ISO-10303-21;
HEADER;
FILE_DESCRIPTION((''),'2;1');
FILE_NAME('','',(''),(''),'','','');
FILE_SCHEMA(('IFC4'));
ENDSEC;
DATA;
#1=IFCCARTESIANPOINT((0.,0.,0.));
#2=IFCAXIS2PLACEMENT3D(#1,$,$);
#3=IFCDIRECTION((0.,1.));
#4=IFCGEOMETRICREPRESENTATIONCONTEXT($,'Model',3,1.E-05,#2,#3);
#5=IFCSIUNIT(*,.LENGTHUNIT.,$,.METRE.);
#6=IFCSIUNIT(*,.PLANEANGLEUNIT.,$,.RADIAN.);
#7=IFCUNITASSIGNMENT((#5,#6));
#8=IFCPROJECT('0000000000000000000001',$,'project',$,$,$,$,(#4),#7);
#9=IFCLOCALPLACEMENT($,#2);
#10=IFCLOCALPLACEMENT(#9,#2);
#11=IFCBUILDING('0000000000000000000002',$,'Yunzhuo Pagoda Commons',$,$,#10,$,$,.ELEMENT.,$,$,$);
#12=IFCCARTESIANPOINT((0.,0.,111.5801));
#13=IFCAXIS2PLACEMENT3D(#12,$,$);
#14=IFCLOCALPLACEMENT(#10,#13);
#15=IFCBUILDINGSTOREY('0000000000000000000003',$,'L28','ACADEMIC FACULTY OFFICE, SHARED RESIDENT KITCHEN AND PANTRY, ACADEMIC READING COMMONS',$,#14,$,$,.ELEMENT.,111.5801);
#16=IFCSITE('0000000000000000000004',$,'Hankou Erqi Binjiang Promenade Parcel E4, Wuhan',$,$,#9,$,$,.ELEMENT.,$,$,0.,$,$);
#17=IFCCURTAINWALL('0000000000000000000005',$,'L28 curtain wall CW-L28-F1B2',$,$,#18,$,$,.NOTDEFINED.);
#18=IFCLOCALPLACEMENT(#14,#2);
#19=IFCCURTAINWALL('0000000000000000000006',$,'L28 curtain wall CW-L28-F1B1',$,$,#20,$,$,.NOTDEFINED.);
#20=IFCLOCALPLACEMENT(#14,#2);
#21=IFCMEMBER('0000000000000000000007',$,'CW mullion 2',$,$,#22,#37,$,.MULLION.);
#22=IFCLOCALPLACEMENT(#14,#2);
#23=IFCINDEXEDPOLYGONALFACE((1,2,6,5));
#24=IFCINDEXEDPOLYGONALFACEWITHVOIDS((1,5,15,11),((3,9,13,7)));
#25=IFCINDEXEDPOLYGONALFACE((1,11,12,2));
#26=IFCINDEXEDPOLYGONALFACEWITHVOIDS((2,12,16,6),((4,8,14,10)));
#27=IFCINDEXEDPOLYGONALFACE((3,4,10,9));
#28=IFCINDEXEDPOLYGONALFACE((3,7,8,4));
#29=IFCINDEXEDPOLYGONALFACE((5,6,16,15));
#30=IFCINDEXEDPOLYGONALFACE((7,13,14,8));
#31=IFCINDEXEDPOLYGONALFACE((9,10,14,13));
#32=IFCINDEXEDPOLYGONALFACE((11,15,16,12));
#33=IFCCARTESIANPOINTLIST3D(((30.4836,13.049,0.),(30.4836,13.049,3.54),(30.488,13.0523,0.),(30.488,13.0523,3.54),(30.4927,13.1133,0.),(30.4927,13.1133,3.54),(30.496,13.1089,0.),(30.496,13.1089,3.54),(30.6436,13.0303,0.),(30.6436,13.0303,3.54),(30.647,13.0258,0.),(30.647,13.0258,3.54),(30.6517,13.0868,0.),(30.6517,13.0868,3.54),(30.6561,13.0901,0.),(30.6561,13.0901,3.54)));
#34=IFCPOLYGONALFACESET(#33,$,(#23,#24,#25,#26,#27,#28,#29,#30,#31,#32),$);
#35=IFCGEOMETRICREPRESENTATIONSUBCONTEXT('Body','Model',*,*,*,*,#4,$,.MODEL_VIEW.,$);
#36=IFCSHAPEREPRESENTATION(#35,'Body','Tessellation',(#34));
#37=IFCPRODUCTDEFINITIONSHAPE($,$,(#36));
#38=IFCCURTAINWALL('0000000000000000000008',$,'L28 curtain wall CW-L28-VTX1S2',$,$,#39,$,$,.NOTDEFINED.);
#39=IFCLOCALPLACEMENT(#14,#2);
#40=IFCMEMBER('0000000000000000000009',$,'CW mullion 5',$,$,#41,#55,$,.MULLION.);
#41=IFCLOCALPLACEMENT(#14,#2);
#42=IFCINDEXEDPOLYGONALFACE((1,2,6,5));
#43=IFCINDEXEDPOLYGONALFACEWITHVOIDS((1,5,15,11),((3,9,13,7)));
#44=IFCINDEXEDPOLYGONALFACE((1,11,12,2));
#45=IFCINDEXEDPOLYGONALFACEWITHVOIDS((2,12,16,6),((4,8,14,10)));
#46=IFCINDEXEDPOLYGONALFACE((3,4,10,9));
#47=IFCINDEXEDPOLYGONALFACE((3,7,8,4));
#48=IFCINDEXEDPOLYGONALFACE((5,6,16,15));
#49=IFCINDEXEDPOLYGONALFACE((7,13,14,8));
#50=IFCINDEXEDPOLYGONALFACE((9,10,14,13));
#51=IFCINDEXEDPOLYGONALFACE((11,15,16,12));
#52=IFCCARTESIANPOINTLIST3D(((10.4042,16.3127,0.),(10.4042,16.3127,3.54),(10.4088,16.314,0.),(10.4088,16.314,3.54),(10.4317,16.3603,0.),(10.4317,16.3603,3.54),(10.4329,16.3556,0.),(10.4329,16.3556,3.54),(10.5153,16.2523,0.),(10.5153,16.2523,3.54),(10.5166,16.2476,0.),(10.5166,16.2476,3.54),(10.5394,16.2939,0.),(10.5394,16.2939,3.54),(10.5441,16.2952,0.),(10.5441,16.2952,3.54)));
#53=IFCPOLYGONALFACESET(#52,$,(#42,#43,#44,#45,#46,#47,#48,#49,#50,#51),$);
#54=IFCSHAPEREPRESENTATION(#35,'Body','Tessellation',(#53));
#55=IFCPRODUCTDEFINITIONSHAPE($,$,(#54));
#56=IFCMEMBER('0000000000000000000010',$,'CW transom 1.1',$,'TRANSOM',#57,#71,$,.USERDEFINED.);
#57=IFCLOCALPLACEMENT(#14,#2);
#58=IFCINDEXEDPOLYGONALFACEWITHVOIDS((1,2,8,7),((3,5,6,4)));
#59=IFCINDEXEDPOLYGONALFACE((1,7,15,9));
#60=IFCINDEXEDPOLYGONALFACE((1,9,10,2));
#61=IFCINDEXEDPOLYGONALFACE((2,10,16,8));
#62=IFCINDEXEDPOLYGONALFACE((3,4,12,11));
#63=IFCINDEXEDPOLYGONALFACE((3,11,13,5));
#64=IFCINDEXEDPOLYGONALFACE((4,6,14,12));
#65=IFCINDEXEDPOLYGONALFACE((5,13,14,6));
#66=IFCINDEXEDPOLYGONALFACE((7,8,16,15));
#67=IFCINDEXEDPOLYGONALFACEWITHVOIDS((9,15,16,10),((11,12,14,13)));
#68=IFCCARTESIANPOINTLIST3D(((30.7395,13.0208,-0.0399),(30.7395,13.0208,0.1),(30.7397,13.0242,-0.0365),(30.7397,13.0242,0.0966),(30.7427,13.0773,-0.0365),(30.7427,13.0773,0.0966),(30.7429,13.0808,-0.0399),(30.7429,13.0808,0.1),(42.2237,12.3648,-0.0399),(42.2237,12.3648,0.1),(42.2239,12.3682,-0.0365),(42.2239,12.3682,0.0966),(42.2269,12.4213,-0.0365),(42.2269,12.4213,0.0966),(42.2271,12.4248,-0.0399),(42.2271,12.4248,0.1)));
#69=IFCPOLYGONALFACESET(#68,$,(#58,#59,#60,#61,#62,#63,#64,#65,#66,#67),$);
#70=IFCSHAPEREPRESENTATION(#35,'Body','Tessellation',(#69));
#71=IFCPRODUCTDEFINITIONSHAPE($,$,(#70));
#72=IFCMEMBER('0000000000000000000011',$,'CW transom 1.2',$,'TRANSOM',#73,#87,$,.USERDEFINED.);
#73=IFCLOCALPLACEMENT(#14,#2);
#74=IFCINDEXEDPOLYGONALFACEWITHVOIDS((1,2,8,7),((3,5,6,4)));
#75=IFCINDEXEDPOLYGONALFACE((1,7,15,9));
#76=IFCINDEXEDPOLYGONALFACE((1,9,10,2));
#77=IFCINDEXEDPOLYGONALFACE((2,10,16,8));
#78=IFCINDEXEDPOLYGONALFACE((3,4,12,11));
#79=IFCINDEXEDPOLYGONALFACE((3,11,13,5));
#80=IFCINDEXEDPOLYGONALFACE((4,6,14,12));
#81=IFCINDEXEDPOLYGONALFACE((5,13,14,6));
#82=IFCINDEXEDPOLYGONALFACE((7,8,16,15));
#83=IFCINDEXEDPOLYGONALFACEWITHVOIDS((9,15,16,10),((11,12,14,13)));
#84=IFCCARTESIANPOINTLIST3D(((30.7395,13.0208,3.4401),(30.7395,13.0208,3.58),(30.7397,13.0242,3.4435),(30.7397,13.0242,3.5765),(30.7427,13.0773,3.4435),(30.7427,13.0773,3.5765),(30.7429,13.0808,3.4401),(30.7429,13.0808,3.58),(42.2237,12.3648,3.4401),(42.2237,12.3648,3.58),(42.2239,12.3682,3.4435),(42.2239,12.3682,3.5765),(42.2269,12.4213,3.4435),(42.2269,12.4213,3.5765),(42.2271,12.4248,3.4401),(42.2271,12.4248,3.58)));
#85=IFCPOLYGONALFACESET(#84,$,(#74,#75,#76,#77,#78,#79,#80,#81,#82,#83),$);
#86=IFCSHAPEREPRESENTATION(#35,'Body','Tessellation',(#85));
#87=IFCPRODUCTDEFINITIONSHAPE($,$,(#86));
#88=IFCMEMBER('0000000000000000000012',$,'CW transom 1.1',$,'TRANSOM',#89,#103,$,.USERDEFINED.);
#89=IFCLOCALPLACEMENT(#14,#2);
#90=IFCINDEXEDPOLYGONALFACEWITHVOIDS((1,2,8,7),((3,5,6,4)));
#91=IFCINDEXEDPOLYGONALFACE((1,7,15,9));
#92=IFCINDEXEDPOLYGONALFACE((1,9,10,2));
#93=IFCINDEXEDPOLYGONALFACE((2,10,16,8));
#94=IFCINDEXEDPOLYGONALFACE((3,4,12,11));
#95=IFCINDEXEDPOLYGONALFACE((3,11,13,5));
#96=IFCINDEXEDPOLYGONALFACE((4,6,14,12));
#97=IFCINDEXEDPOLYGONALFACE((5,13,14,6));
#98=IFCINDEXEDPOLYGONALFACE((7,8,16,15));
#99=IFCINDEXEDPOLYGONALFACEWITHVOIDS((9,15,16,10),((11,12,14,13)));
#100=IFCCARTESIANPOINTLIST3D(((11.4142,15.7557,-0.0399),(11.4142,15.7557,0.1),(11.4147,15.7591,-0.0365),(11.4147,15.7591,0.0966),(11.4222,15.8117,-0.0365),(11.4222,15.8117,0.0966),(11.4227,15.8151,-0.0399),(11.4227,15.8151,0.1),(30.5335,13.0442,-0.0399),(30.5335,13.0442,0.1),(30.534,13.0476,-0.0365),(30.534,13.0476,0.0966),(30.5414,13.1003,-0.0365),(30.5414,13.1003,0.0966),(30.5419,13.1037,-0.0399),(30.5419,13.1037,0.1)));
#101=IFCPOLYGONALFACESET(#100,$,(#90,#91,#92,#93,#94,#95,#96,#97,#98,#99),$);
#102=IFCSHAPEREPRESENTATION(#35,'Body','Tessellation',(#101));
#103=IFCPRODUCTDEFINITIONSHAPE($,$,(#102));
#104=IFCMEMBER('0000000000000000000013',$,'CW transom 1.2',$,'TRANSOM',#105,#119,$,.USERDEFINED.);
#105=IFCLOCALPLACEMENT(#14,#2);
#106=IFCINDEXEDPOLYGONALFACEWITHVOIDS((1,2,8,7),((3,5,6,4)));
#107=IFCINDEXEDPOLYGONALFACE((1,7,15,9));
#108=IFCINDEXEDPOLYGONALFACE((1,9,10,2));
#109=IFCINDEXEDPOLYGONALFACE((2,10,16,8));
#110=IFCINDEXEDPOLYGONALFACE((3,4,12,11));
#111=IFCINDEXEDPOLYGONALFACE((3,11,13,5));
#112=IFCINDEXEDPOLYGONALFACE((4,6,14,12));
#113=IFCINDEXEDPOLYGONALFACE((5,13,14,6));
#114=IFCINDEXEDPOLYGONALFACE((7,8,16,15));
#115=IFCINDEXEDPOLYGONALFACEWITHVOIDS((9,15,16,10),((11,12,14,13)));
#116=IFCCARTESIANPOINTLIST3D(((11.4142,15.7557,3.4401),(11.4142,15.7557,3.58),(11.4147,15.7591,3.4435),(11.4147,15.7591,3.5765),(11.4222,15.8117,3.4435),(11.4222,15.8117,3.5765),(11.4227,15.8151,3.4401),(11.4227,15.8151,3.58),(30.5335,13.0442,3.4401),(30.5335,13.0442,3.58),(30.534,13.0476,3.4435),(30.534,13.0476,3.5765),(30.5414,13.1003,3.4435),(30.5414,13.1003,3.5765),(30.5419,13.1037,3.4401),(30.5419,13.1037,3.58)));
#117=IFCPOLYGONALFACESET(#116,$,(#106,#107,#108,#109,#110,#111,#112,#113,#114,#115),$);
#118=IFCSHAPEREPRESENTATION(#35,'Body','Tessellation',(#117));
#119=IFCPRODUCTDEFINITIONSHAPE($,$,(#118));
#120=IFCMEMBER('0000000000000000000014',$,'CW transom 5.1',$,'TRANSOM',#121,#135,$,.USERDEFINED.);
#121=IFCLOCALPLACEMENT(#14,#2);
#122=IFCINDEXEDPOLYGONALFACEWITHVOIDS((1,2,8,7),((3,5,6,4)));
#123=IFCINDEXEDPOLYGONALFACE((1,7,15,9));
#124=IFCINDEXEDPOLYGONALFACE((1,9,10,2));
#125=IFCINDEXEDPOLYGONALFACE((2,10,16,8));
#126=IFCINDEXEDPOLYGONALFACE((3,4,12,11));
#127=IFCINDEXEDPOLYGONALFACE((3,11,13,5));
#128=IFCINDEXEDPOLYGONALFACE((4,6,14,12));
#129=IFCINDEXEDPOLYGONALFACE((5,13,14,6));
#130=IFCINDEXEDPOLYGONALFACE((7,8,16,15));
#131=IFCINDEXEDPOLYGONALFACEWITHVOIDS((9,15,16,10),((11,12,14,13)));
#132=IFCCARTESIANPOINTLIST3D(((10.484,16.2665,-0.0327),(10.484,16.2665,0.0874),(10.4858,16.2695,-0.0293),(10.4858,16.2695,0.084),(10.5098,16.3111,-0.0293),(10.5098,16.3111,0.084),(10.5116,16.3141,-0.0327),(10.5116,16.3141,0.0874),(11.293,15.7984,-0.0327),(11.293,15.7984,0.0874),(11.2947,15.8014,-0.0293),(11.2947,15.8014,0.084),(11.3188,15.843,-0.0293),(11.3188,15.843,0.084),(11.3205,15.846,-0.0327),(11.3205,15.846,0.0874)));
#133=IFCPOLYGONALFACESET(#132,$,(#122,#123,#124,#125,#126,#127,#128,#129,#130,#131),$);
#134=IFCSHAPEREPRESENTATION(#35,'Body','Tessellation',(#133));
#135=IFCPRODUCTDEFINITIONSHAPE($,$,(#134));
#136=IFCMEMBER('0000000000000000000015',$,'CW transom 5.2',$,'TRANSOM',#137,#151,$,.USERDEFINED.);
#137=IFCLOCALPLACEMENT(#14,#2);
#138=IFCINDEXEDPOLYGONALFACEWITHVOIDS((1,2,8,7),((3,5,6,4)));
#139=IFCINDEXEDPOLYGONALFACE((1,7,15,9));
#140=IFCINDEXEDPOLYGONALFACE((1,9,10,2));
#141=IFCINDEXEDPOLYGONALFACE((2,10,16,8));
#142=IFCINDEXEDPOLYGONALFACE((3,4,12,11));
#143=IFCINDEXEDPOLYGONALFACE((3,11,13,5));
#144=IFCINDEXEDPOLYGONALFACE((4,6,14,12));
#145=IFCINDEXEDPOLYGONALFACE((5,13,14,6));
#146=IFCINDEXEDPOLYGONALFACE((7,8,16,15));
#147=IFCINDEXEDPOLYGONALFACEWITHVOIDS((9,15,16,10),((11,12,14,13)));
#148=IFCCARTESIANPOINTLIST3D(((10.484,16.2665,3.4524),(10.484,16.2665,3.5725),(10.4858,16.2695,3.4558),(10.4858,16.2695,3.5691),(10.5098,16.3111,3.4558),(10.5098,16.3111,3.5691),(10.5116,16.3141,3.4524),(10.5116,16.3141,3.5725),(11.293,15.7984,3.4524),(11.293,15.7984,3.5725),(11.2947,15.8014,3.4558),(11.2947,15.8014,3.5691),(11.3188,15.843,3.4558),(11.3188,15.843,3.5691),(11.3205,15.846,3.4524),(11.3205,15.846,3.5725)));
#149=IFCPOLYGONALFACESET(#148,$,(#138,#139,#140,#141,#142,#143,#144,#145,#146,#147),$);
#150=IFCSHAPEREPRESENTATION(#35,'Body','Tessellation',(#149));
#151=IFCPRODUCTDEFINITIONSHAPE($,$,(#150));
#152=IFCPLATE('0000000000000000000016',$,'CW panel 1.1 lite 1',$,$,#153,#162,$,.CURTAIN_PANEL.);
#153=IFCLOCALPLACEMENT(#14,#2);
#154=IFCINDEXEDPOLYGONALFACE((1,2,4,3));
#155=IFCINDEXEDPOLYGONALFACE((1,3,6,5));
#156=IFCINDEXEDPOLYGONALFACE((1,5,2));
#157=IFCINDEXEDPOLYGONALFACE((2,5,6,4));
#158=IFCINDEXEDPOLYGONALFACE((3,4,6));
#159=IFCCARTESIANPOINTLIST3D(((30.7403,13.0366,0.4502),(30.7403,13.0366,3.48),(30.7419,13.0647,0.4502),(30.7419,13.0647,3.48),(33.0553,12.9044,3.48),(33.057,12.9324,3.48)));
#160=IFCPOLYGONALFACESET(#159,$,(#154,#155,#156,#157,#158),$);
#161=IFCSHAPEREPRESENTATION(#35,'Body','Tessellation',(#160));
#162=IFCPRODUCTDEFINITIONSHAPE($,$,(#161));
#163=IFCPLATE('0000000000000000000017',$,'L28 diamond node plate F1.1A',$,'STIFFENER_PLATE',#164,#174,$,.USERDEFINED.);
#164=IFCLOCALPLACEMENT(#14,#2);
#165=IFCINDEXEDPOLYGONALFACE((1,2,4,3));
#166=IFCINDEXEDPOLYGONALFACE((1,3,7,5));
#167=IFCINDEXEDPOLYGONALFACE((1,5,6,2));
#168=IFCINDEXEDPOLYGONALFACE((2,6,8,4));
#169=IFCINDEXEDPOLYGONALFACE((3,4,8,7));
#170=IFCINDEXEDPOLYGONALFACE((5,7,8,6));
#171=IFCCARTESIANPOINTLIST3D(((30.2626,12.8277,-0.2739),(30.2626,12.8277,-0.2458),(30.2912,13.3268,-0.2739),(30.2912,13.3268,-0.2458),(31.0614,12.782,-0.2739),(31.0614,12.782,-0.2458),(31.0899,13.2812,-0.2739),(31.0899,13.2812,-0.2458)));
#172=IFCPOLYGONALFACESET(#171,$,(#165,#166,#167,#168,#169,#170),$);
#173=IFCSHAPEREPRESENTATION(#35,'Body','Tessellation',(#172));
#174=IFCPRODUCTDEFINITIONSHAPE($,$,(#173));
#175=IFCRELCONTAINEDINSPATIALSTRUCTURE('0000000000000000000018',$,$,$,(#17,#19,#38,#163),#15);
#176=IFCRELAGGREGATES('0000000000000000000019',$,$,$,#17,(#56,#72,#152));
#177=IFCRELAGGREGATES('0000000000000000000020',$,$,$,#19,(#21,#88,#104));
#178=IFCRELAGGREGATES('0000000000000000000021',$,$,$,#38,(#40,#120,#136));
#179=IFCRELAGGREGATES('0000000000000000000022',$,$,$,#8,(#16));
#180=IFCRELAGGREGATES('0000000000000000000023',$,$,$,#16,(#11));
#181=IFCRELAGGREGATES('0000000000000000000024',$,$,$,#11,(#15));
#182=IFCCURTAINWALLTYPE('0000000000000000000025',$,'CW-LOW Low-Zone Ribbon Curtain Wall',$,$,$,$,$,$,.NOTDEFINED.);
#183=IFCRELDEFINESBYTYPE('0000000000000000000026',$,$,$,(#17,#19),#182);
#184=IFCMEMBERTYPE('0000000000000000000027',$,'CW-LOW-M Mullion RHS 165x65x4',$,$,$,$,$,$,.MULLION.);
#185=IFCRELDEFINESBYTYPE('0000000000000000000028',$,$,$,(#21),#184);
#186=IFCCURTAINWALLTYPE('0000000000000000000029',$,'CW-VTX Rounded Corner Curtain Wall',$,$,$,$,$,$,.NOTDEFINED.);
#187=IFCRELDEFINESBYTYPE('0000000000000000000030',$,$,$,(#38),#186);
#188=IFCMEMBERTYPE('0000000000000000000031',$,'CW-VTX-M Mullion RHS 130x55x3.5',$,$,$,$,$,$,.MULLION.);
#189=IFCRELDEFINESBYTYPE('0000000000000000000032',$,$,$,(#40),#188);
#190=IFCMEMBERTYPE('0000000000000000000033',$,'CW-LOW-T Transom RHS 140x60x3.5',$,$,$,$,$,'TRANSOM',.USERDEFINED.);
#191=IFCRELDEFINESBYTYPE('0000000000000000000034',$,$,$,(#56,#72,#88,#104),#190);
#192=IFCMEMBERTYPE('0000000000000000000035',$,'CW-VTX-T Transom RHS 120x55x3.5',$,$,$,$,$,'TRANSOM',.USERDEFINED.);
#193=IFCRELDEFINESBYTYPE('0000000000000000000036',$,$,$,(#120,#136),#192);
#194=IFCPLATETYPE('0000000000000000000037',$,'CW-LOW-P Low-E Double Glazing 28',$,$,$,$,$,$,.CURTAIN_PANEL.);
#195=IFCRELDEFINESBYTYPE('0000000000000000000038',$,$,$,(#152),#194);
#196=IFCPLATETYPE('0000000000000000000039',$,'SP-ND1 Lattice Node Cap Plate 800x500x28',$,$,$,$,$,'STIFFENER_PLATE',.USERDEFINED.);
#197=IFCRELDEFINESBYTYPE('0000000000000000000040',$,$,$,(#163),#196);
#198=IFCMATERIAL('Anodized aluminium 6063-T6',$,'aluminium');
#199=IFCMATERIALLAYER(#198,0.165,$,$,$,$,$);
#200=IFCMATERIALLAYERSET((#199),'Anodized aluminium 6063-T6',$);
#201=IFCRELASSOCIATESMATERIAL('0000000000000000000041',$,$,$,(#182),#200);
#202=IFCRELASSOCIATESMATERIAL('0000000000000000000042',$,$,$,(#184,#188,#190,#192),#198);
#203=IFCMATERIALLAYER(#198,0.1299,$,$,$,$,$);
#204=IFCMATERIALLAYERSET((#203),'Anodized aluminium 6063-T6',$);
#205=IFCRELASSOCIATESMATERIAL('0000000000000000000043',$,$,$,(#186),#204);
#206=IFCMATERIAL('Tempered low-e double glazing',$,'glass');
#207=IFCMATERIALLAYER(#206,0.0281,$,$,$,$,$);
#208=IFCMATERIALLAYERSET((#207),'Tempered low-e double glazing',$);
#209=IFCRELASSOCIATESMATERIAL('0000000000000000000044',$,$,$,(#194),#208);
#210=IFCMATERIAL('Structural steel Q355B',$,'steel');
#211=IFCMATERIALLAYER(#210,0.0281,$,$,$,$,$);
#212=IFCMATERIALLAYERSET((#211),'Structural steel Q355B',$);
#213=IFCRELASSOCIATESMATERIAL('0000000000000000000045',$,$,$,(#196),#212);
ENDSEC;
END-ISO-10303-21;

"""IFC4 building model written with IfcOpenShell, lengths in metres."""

from ifc_helpers import new_model, si_unit, direction, frame, origin, origin_2d, place, context, subcontext, project, spatial, polyline, rectangle, hollow_rectangle, outline, extrude, source, transform, mapped, material, layer, layer_set, material_profile, profile_set, type_object, element, aggregate, save


model = new_model("IFC4")

# Units and contexts
model_context = context("Model", 3, precision=1e-05, world=origin(), true_north=direction((0.0, 1.0)))
body_context = subcontext(model_context, "Body", "Model", "MODEL_VIEW")
ifc_project = project(units=[si_unit("LENGTHUNIT", "METRE"), si_unit("PLANEANGLEUNIT", "RADIAN")], contexts=[model_context])

# Site, building, storey
site_placement = place(None, origin())
site = spatial("IfcSite", under=ifc_project, at=site_placement, Name="Hankou Erqi Binjiang Promenade Parcel E4, Wuhan", CompositionType="ELEMENT", RefElevation=0.0)
building_placement = place(site_placement, origin())
building = spatial("IfcBuilding", under=site, at=building_placement, Name="Yunzhuo Pagoda Commons", CompositionType="ELEMENT")
storey_placement = place(building_placement, frame((0.0, 0.0, 111.5801)))
storey = spatial("IfcBuildingStorey", under=building, at=storey_placement, Name="L28", Description="ACADEMIC FACULTY OFFICE, SHARED RESIDENT KITCHEN AND PANTRY, ACADEMIC READING COMMONS", CompositionType="ELEMENT", Elevation=111.5801)

# Shared definitions
ifc_material_1 = material(Name="Structural steel Q355B", Category="steel")

# Curtain wall
ifc_material_2 = material(Name="Anodized aluminium 6063-T6", Category="aluminium")
ifc_layer_1 = layer(ifc_material_2, 0.165)
ifc_layer_set_1 = layer_set([ifc_layer_1], Name="Anodized aluminium 6063-T6")
curtain_wall_type_1 = type_object("IfcCurtainWallType", Name="CW-LOW Low-Zone Ribbon Curtain Wall", PredefinedType="NOTDEFINED", material=ifc_layer_set_1)
curtain_wall_1_placement = place(storey_placement, origin())
curtain_wall_1 = element("IfcCurtainWall", 1, at=curtain_wall_1_placement, inside=storey, type_object=curtain_wall_type_1, Name="L28 curtain wall CW-L28-F1B2", PredefinedType="NOTDEFINED")
ifc_material_profile_1 = material_profile(ifc_material_2, hollow_rectangle(XDim=0.0649, YDim=0.165, WallThickness=0.0039, at=origin_2d()), Name="Anodized aluminium 6063-T6")
ifc_profile_set_1 = profile_set([ifc_material_profile_1], Name="Anodized aluminium 6063-T6")
member_type_1 = type_object("IfcMemberType", Name="CW-LOW-M Mullion RHS 165x65x4", PredefinedType="MULLION", material=ifc_profile_set_1)
shared_shape_1 = source(origin(), body_context, "Body", "SweptSolid", [
    extrude(hollow_rectangle(XDim=0.0649, YDim=0.165, WallThickness=0.0039, at=origin_2d()), origin(), (0.0, 0.0, 1.0), 3.54),
])

# Curtain wall, member
curtain_wall_2_placement = place(storey_placement, origin())
curtain_wall_2 = element("IfcCurtainWall", 2, at=curtain_wall_2_placement, inside=storey, type_object=curtain_wall_type_1, Name="L28 curtain wall CW-L28-F1B1", PredefinedType="NOTDEFINED")
member_1_placement = place(storey_placement, frame((30.5698, 13.0696, 0.0), z_axis=(0.0, 0.0, 1.0), x_axis=(0.140408, 0.990094, 0.0)))
member_1 = element("IfcMember", 3, at=member_1_placement, type_object=member_type_1, Name="CW mullion 2", PredefinedType="MULLION", context=body_context, shape_type="MappedRepresentation", body=[
    mapped(shared_shape_1, transform((0.0, 0.0, 0.0), scale=1.0)),
])

# Curtain wall, member
ifc_layer_2 = layer(ifc_material_2, 0.1299)
ifc_layer_set_2 = layer_set([ifc_layer_2], Name="Anodized aluminium 6063-T6")
curtain_wall_type_2 = type_object("IfcCurtainWallType", Name="CW-VTX Rounded Corner Curtain Wall", PredefinedType="NOTDEFINED", material=ifc_layer_set_2)
curtain_wall_3_placement = place(storey_placement, origin())
curtain_wall_3 = element("IfcCurtainWall", 4, at=curtain_wall_3_placement, inside=storey, type_object=curtain_wall_type_2, Name="L28 curtain wall CW-L28-VTX1S2", PredefinedType="NOTDEFINED")
ifc_material_profile_2 = material_profile(ifc_material_2, hollow_rectangle(XDim=0.0549, YDim=0.1299, WallThickness=0.0034, at=origin_2d()), Name="Anodized aluminium 6063-T6")
ifc_profile_set_2 = profile_set([ifc_material_profile_2], Name="Anodized aluminium 6063-T6")
member_type_2 = type_object("IfcMemberType", Name="CW-VTX-M Mullion RHS 130x55x3.5", PredefinedType="MULLION", material=ifc_profile_set_2)
shared_shape_2 = source(origin(), body_context, "Body", "SweptSolid", [
    extrude(hollow_rectangle(XDim=0.0549, YDim=0.1299, WallThickness=0.0034, at=origin_2d()), origin(), (0.0, 0.0, 1.0), 3.54),
])
member_2_placement = place(storey_placement, frame((10.4741, 16.304, 0.0), z_axis=(0.0, 0.0, 1.0), x_axis=(0.501032, 0.865429, 0.0)))
member_2 = element("IfcMember", 5, at=member_2_placement, type_object=member_type_2, Name="CW mullion 5", PredefinedType="MULLION", context=body_context, shape_type="MappedRepresentation", body=[
    mapped(shared_shape_2, transform((0.0, 0.0, 0.0), scale=1.0)),
])

# Members
ifc_material_profile_3 = material_profile(ifc_material_2, hollow_rectangle(XDim=0.0601, YDim=0.1399, WallThickness=0.0034, at=origin_2d()), Name="Anodized aluminium 6063-T6")
ifc_profile_set_3 = profile_set([ifc_material_profile_3], Name="Anodized aluminium 6063-T6")
member_type_3 = type_object("IfcMemberType", Name="CW-LOW-T Transom RHS 140x60x3.5", ElementType="TRANSOM", PredefinedType="USERDEFINED", material=ifc_profile_set_3)
shared_shape_3 = source(origin(), body_context, "Body", "SweptSolid", [
    extrude(hollow_rectangle(XDim=0.0601, YDim=0.1399, WallThickness=0.0034, at=origin_2d()), origin(), (0.0, 0.0, 1.0), 11.5029),
])
member_3_placement = place(storey_placement, frame((30.7412, 13.0508, 0.03), z_axis=(0.998372, -0.05703, 0.0), x_axis=(0.05703, 0.998372, 0.0)))
member_3 = element("IfcMember", 6, at=member_3_placement, type_object=member_type_3, Name="CW transom 1.1", ObjectType="TRANSOM", PredefinedType="USERDEFINED", context=body_context, shape_type="MappedRepresentation", body=[
    mapped(shared_shape_3, transform((0.0, 0.0, 0.0), scale=1.0)),
])
member_4_placement = place(storey_placement, frame((30.7412, 13.0508, 3.51), z_axis=(0.998372, -0.05703, 0.0), x_axis=(0.05703, 0.998372, 0.0)))
member_4 = element("IfcMember", 7, at=member_4_placement, type_object=member_type_3, Name="CW transom 1.2", ObjectType="TRANSOM", PredefinedType="USERDEFINED", context=body_context, shape_type="MappedRepresentation", body=[
    mapped(shared_shape_3, transform((0.0, 0.0, 0.0), scale=1.0)),
])
shared_shape_4 = source(origin(), body_context, "Body", "SweptSolid", [
    extrude(hollow_rectangle(XDim=0.0601, YDim=0.1399, WallThickness=0.0034, at=origin_2d()), origin(), (0.0, 0.0, 1.0), 19.3105),
])
member_5_placement = place(storey_placement, frame((11.4185, 15.7854, 0.03), z_axis=(0.990093, -0.140412, 0.0), x_axis=(0.140412, 0.990093, 0.0)))
member_5 = element("IfcMember", 8, at=member_5_placement, type_object=member_type_3, Name="CW transom 1.1", ObjectType="TRANSOM", PredefinedType="USERDEFINED", context=body_context, shape_type="MappedRepresentation", body=[
    mapped(shared_shape_4, transform((0.0, 0.0, 0.0), scale=1.0)),
])
member_6_placement = place(storey_placement, frame((11.4185, 15.7854, 3.51), z_axis=(0.990093, -0.140412, 0.0), x_axis=(0.140412, 0.990093, 0.0)))
member_6 = element("IfcMember", 9, at=member_6_placement, type_object=member_type_3, Name="CW transom 1.2", ObjectType="TRANSOM", PredefinedType="USERDEFINED", context=body_context, shape_type="MappedRepresentation", body=[
    mapped(shared_shape_4, transform((0.0, 0.0, 0.0), scale=1.0)),
])
ifc_material_profile_4 = material_profile(ifc_material_2, hollow_rectangle(XDim=0.0549, YDim=0.1201, WallThickness=0.0034, at=origin_2d()), Name="Anodized aluminium 6063-T6")
ifc_profile_set_4 = profile_set([ifc_material_profile_4], Name="Anodized aluminium 6063-T6")
member_type_4 = type_object("IfcMemberType", Name="CW-VTX-T Transom RHS 120x55x3.5", ElementType="TRANSOM", PredefinedType="USERDEFINED", material=ifc_profile_set_4)
shared_shape_5 = source(origin(), body_context, "Body", "SweptSolid", [
    extrude(hollow_rectangle(XDim=0.0549, YDim=0.1201, WallThickness=0.0034, at=origin_2d()), origin(), (0.0, 0.0, 1.0), 0.9346),
])
member_7_placement = place(storey_placement, frame((10.4978, 16.2903, 0.0273), z_axis=(0.865546, -0.50083, 0.0), x_axis=(0.50083, 0.865546, 0.0)))
member_7 = element("IfcMember", 10, at=member_7_placement, type_object=member_type_4, Name="CW transom 5.1", ObjectType="TRANSOM", PredefinedType="USERDEFINED", context=body_context, shape_type="MappedRepresentation", body=[
    mapped(shared_shape_5, transform((0.0, 0.0, 0.0), scale=1.0)),
])
member_8_placement = place(storey_placement, frame((10.4978, 16.2903, 3.5125), z_axis=(0.865546, -0.50083, 0.0), x_axis=(0.50083, 0.865546, 0.0)))
member_8 = element("IfcMember", 11, at=member_8_placement, type_object=member_type_4, Name="CW transom 5.2", ObjectType="TRANSOM", PredefinedType="USERDEFINED", context=body_context, shape_type="MappedRepresentation", body=[
    mapped(shared_shape_5, transform((0.0, 0.0, 0.0), scale=1.0)),
])

# Plate
ifc_material_3 = material(Name="Tempered low-e double glazing", Category="glass")
ifc_layer_3 = layer(ifc_material_3, 0.0281)
ifc_layer_set_3 = layer_set([ifc_layer_3], Name="Tempered low-e double glazing")
plate_type_1 = type_object("IfcPlateType", Name="CW-LOW-P Low-E Double Glazing 28", PredefinedType="CURTAIN_PANEL", material=ifc_layer_set_3)
plate_1_placement = place(storey_placement, frame((31.8994, 12.9985, 1.9651), z_axis=(-0.057028, -0.998373, 0.0), x_axis=(0.998373, -0.057028, 0.0)))
plate_1 = element("IfcPlate", 12, at=plate_1_placement, type_object=plate_type_1, Name="CW panel 1.1 lite 1", PredefinedType="CURTAIN_PANEL", context=body_context, shape_type="SweptSolid", body=[
    extrude(outline(polyline([(-1.1594, -1.5149), (1.1594, 1.5149), (-1.1594, 1.5149), (-1.1594, -1.5149)])), origin(), (0.0, 0.0, 1.0), 0.0281),
])
aggregate(curtain_wall_1, [member_3, member_4, plate_1])

# Plate
ifc_layer_4 = layer(ifc_material_1, 0.0281)
ifc_layer_set_4 = layer_set([ifc_layer_4], Name="Structural steel Q355B")
plate_type_2 = type_object("IfcPlateType", Name="SP-ND1 Lattice Node Cap Plate 800x500x28", ElementType="STIFFENER_PLATE", PredefinedType="USERDEFINED", material=ifc_layer_set_4)
shared_shape_6 = source(origin(), body_context, "Body", "SweptSolid", [
    extrude(rectangle(XDim=0.8, YDim=0.5, at=origin_2d()), origin(), (0.0, 0.0, 1.0), 0.0281),
])
plate_2_placement = place(storey_placement, frame((30.6763, 13.0544, -0.2739), z_axis=(0.0, 0.0, 1.0), x_axis=(0.998373, -0.057024, 0.0)))
element("IfcPlate", 13, at=plate_2_placement, inside=storey, type_object=plate_type_2, Name="L28 diamond node plate F1.1A", ObjectType="STIFFENER_PLATE", PredefinedType="USERDEFINED", context=body_context, shape_type="MappedRepresentation", body=[
    mapped(shared_shape_6, transform((0.0, 0.0, 0.0), scale=1.0)),
])

aggregate(curtain_wall_2, [member_1, member_5, member_6])
aggregate(curtain_wall_3, [member_2, member_7, member_8])

save(model, "model.ifc")
